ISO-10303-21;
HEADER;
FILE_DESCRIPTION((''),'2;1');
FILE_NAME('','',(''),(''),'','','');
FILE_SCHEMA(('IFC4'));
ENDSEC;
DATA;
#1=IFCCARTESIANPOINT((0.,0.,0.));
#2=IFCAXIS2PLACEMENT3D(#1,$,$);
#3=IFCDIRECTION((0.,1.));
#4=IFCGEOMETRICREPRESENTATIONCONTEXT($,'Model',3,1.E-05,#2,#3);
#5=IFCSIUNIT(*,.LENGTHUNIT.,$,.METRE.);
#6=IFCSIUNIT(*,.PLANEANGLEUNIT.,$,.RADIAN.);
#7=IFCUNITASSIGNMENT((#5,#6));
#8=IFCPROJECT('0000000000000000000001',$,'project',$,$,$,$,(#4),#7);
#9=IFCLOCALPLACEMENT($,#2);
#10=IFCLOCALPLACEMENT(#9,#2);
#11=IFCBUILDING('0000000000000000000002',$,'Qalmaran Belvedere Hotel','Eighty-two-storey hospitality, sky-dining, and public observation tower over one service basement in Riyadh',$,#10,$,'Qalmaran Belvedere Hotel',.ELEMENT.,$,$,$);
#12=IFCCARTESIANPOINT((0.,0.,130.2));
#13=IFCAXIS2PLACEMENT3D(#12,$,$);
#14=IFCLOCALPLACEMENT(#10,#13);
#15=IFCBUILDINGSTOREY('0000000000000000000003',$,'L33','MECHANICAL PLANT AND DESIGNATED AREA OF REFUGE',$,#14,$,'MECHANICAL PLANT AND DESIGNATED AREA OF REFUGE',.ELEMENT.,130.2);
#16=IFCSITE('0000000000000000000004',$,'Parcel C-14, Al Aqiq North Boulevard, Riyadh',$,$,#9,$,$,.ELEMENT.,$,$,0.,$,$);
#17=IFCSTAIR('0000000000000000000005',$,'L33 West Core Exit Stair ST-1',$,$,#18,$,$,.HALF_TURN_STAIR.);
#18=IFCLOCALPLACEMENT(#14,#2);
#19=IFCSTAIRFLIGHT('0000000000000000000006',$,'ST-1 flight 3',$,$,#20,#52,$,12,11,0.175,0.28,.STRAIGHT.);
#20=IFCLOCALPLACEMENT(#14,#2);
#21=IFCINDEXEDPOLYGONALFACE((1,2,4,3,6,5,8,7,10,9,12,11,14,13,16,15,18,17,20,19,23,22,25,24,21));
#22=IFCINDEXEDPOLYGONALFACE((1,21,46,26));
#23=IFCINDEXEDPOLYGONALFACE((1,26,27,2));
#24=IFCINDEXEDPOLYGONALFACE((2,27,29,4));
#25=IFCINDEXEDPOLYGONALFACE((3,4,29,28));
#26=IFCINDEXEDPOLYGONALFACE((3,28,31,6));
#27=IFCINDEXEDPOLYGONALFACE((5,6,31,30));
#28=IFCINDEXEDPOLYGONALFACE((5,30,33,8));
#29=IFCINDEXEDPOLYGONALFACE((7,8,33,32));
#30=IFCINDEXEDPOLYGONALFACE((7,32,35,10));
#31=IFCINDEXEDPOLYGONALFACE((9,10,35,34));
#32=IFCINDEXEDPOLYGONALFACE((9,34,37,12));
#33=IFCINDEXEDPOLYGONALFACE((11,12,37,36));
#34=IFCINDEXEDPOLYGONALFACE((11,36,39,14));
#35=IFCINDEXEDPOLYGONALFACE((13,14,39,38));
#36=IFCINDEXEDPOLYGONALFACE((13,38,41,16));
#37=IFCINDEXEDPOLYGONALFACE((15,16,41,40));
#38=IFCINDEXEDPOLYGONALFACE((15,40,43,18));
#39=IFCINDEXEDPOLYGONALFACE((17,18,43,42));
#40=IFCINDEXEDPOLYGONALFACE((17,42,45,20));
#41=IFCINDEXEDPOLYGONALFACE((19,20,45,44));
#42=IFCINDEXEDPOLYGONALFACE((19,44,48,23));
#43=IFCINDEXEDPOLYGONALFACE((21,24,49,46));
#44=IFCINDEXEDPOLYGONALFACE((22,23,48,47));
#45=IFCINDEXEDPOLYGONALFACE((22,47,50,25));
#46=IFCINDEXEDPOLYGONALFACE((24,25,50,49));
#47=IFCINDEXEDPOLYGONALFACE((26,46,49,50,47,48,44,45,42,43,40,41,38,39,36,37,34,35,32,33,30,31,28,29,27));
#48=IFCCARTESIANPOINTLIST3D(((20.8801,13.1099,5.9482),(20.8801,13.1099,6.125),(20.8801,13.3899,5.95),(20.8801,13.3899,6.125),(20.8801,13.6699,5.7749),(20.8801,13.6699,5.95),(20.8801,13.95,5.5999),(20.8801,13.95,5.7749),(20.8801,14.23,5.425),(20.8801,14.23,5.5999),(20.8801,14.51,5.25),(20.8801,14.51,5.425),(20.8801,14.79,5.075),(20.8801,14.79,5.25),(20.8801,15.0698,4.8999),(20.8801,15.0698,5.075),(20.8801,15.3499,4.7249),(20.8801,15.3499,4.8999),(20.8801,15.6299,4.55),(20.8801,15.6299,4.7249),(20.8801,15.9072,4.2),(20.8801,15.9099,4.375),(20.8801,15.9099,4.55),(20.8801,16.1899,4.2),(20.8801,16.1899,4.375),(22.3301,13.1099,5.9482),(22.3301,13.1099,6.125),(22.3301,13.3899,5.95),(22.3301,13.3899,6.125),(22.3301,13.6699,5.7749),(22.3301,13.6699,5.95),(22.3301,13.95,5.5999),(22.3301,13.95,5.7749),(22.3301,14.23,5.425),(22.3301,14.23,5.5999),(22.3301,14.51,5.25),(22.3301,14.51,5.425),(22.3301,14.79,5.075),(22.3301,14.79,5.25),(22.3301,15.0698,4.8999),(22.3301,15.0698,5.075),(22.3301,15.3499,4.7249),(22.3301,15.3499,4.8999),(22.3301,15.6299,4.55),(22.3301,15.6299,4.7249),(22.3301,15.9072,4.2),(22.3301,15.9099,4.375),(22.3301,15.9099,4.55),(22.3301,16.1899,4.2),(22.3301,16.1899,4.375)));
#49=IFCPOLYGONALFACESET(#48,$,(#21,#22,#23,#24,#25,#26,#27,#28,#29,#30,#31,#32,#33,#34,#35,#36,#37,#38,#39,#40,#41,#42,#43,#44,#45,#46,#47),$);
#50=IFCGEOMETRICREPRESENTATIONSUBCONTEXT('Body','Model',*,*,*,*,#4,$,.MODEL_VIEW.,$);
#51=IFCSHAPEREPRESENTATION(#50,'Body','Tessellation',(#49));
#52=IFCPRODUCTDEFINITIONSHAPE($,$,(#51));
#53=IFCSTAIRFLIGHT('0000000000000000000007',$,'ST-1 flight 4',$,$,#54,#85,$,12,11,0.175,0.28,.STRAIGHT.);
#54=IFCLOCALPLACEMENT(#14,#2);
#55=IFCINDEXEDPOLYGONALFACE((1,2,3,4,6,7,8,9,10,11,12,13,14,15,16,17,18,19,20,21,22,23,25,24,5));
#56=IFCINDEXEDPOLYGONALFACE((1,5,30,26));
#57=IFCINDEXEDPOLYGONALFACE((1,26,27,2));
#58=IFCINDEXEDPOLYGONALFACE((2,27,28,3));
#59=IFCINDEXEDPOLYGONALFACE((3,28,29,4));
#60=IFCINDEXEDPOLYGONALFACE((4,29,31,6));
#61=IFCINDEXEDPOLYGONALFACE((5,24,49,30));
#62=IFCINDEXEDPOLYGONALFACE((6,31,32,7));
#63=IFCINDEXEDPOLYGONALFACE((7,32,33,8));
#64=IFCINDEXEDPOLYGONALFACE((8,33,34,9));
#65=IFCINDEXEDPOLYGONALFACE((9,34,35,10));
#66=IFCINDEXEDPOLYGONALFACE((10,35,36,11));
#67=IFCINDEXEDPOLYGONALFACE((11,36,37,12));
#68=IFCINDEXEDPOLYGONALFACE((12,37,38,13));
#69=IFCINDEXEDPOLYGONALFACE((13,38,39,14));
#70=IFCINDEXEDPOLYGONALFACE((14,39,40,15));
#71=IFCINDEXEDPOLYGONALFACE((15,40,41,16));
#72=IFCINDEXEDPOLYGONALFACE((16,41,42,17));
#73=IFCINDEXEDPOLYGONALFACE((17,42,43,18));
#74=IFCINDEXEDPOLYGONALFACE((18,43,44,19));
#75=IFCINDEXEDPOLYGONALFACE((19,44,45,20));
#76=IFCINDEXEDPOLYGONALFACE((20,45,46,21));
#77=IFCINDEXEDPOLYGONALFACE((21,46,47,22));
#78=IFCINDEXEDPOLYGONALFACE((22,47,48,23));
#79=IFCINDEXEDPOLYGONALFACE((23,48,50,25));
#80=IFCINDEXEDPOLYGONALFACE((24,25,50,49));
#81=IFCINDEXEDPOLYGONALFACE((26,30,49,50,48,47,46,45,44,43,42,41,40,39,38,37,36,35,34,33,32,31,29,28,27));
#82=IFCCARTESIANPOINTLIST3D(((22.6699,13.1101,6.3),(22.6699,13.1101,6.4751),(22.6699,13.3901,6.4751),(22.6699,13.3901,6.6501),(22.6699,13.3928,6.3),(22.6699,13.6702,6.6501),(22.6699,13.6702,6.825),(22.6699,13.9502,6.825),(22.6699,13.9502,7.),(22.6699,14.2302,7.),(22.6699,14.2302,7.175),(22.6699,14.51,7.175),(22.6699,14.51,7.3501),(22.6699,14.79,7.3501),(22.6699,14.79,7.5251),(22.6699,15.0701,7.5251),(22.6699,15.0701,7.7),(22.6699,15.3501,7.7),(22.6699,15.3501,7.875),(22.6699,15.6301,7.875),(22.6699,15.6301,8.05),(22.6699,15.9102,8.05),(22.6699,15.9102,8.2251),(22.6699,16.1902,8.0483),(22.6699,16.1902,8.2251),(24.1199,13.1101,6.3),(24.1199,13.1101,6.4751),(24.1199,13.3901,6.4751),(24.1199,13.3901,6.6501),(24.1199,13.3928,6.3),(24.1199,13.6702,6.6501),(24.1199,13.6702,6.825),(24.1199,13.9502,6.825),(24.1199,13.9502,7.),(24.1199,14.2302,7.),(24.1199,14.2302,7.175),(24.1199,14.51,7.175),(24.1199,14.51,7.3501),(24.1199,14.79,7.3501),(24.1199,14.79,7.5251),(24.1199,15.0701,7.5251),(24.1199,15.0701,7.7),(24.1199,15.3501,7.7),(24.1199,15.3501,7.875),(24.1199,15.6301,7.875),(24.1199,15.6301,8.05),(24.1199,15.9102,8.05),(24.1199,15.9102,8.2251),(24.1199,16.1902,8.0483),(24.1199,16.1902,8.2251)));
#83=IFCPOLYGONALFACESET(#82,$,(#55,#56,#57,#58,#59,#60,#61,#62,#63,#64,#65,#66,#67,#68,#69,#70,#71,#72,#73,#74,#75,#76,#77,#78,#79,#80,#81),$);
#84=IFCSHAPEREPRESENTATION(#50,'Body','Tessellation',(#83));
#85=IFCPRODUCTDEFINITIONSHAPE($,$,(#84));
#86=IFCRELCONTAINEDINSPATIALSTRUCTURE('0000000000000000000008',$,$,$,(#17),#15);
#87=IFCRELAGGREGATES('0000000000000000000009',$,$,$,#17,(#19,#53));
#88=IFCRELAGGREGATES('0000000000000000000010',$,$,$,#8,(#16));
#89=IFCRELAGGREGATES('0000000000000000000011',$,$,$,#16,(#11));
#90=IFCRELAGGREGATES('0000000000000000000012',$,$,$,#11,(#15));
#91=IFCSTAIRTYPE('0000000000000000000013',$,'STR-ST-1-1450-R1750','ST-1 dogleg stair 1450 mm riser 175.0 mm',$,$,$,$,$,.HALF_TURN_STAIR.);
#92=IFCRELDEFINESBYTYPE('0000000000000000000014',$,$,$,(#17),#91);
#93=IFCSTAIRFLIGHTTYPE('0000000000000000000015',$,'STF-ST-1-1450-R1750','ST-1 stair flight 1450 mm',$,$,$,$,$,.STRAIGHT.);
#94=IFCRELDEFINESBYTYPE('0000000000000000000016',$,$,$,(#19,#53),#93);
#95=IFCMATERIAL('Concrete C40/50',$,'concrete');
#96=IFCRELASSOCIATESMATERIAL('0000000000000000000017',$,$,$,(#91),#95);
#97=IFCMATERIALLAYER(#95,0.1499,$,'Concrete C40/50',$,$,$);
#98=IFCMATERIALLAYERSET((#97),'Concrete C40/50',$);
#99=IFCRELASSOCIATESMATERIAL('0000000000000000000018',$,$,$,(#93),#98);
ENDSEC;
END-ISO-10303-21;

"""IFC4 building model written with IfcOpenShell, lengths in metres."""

from ifc_helpers import new_model, si_unit, direction, frame, origin, place, context, subcontext, project, spatial, polyline, outline, extrude, material, layer, layer_set, type_object, element, aggregate, save


model = new_model("IFC4")

# Units and contexts
model_context = context("Model", 3, precision=1e-05, world=origin(), true_north=direction((0.0, 1.0)))
body_context = subcontext(model_context, "Body", "Model", "MODEL_VIEW")
ifc_project = project(units=[si_unit("LENGTHUNIT", "METRE"), si_unit("PLANEANGLEUNIT", "RADIAN")], contexts=[model_context])

# Site, building, storey
site_placement = place(None, origin())
site = spatial("IfcSite", under=ifc_project, at=site_placement, Name="Parcel C-14, Al Aqiq North Boulevard, Riyadh", CompositionType="ELEMENT", RefElevation=0.0)
building_placement = place(site_placement, origin())
building = spatial("IfcBuilding", under=site, at=building_placement, Name="Qalmaran Belvedere Hotel", Description="Eighty-two-storey hospitality, sky-dining, and public observation tower over one service basement in Riyadh", LongName="Qalmaran Belvedere Hotel", CompositionType="ELEMENT")
storey_placement = place(building_placement, frame((0.0, 0.0, 130.2)))
storey = spatial("IfcBuildingStorey", under=building, at=storey_placement, Name="L33", Description="MECHANICAL PLANT AND DESIGNATED AREA OF REFUGE", LongName="MECHANICAL PLANT AND DESIGNATED AREA OF REFUGE", CompositionType="ELEMENT", Elevation=130.2)

# Stair, stair flights
ifc_material_1 = material(Name="Concrete C40/50", Category="concrete")
stair_type = type_object("IfcStairType", Name="STR-ST-1-1450-R1750", Description="ST-1 dogleg stair 1450 mm riser 175.0 mm", PredefinedType="HALF_TURN_STAIR", material=ifc_material_1)
stair_placement = place(storey_placement, origin())
stair = element("IfcStair", 1, at=stair_placement, inside=storey, type_object=stair_type, Name="L33 West Core Exit Stair ST-1", PredefinedType="HALF_TURN_STAIR")
ifc_layer_1 = layer(ifc_material_1, 0.1499, Name="Concrete C40/50")
ifc_layer_set_1 = layer_set([ifc_layer_1], Name="Concrete C40/50")
stair_flight_type = type_object("IfcStairFlightType", Name="STF-ST-1-1450-R1750", Description="ST-1 stair flight 1450 mm", PredefinedType="STRAIGHT", material=ifc_layer_set_1)
stair_flight_1_placement = place(storey_placement, frame((21.605, 16.1899, 4.2), z_axis=(0.0, 0.0, 1.0), x_axis=(0.0, -1.0, 0.0)))
stair_flight_1 = element("IfcStairFlight", 2, at=stair_flight_1_placement, type_object=stair_flight_type, Name="ST-1 flight 3", NumberOfRisers=12, NumberOfTreads=11, PredefinedType="STRAIGHT", RiserHeight=0.175, TreadLength=0.28, context=body_context, shape_type="SweptSolid", body=[
    extrude(outline(polyline([(0.0, 0.0), (0.0, 0.175), (0.28, 0.175), (0.28, 0.3501), (0.5601, 0.3501), (0.5601, 0.5249), (0.8401, 0.5249), (0.8401, 0.7), (1.1201, 0.7), (1.1201, 0.875), (1.3999, 0.875), (1.3999, 1.05), (1.6799, 1.05), (1.6799, 1.2251), (1.96, 1.2251), (1.96, 1.3999), (2.24, 1.3999), (2.24, 1.575), (2.52, 1.575), (2.52, 1.75), (2.8, 1.75), (2.8, 1.925), (3.0801, 1.925), (3.0801, 2.1001), (3.0801, 1.7483), (0.2827, 0.0), (0.0, 0.0)])), frame((0.0, 0.7251, 0.0), z_axis=(0.0, -1.0, 0.0), x_axis=(1.0, 0.0, 0.0)), (0.0, 0.0, 1.0), 1.45),
])
stair_flight_2_placement = place(storey_placement, frame((23.395, 13.1101, 6.3), z_axis=(0.0, 0.0, 1.0), x_axis=(0.0, 1.0, 0.0)))
stair_flight_2 = element("IfcStairFlight", 3, at=stair_flight_2_placement, type_object=stair_flight_type, Name="ST-1 flight 4", NumberOfRisers=12, NumberOfTreads=11, PredefinedType="STRAIGHT", RiserHeight=0.175, TreadLength=0.28, context=body_context, shape_type="SweptSolid", body=[
    extrude(outline(polyline([(0.0, 0.0), (0.0, 0.175), (0.28, 0.175), (0.28, 0.3501), (0.5601, 0.3501), (0.5601, 0.5249), (0.8401, 0.5249), (0.8401, 0.7), (1.1201, 0.7), (1.1201, 0.875), (1.3999, 0.875), (1.3999, 1.05), (1.6799, 1.05), (1.6799, 1.2251), (1.96, 1.2251), (1.96, 1.3999), (2.24, 1.3999), (2.24, 1.575), (2.52, 1.575), (2.52, 1.75), (2.8, 1.75), (2.8, 1.925), (3.0801, 1.925), (3.0801, 2.1001), (3.0801, 1.7483), (0.2827, 0.0), (0.0, 0.0)])), frame((0.0, 0.7251, 0.0), z_axis=(0.0, -1.0, 0.0), x_axis=(1.0, 0.0, 0.0)), (0.0, 0.0, 1.0), 1.45),
])
aggregate(stair, [stair_flight_1, stair_flight_2])

save(model, "model.ifc")
